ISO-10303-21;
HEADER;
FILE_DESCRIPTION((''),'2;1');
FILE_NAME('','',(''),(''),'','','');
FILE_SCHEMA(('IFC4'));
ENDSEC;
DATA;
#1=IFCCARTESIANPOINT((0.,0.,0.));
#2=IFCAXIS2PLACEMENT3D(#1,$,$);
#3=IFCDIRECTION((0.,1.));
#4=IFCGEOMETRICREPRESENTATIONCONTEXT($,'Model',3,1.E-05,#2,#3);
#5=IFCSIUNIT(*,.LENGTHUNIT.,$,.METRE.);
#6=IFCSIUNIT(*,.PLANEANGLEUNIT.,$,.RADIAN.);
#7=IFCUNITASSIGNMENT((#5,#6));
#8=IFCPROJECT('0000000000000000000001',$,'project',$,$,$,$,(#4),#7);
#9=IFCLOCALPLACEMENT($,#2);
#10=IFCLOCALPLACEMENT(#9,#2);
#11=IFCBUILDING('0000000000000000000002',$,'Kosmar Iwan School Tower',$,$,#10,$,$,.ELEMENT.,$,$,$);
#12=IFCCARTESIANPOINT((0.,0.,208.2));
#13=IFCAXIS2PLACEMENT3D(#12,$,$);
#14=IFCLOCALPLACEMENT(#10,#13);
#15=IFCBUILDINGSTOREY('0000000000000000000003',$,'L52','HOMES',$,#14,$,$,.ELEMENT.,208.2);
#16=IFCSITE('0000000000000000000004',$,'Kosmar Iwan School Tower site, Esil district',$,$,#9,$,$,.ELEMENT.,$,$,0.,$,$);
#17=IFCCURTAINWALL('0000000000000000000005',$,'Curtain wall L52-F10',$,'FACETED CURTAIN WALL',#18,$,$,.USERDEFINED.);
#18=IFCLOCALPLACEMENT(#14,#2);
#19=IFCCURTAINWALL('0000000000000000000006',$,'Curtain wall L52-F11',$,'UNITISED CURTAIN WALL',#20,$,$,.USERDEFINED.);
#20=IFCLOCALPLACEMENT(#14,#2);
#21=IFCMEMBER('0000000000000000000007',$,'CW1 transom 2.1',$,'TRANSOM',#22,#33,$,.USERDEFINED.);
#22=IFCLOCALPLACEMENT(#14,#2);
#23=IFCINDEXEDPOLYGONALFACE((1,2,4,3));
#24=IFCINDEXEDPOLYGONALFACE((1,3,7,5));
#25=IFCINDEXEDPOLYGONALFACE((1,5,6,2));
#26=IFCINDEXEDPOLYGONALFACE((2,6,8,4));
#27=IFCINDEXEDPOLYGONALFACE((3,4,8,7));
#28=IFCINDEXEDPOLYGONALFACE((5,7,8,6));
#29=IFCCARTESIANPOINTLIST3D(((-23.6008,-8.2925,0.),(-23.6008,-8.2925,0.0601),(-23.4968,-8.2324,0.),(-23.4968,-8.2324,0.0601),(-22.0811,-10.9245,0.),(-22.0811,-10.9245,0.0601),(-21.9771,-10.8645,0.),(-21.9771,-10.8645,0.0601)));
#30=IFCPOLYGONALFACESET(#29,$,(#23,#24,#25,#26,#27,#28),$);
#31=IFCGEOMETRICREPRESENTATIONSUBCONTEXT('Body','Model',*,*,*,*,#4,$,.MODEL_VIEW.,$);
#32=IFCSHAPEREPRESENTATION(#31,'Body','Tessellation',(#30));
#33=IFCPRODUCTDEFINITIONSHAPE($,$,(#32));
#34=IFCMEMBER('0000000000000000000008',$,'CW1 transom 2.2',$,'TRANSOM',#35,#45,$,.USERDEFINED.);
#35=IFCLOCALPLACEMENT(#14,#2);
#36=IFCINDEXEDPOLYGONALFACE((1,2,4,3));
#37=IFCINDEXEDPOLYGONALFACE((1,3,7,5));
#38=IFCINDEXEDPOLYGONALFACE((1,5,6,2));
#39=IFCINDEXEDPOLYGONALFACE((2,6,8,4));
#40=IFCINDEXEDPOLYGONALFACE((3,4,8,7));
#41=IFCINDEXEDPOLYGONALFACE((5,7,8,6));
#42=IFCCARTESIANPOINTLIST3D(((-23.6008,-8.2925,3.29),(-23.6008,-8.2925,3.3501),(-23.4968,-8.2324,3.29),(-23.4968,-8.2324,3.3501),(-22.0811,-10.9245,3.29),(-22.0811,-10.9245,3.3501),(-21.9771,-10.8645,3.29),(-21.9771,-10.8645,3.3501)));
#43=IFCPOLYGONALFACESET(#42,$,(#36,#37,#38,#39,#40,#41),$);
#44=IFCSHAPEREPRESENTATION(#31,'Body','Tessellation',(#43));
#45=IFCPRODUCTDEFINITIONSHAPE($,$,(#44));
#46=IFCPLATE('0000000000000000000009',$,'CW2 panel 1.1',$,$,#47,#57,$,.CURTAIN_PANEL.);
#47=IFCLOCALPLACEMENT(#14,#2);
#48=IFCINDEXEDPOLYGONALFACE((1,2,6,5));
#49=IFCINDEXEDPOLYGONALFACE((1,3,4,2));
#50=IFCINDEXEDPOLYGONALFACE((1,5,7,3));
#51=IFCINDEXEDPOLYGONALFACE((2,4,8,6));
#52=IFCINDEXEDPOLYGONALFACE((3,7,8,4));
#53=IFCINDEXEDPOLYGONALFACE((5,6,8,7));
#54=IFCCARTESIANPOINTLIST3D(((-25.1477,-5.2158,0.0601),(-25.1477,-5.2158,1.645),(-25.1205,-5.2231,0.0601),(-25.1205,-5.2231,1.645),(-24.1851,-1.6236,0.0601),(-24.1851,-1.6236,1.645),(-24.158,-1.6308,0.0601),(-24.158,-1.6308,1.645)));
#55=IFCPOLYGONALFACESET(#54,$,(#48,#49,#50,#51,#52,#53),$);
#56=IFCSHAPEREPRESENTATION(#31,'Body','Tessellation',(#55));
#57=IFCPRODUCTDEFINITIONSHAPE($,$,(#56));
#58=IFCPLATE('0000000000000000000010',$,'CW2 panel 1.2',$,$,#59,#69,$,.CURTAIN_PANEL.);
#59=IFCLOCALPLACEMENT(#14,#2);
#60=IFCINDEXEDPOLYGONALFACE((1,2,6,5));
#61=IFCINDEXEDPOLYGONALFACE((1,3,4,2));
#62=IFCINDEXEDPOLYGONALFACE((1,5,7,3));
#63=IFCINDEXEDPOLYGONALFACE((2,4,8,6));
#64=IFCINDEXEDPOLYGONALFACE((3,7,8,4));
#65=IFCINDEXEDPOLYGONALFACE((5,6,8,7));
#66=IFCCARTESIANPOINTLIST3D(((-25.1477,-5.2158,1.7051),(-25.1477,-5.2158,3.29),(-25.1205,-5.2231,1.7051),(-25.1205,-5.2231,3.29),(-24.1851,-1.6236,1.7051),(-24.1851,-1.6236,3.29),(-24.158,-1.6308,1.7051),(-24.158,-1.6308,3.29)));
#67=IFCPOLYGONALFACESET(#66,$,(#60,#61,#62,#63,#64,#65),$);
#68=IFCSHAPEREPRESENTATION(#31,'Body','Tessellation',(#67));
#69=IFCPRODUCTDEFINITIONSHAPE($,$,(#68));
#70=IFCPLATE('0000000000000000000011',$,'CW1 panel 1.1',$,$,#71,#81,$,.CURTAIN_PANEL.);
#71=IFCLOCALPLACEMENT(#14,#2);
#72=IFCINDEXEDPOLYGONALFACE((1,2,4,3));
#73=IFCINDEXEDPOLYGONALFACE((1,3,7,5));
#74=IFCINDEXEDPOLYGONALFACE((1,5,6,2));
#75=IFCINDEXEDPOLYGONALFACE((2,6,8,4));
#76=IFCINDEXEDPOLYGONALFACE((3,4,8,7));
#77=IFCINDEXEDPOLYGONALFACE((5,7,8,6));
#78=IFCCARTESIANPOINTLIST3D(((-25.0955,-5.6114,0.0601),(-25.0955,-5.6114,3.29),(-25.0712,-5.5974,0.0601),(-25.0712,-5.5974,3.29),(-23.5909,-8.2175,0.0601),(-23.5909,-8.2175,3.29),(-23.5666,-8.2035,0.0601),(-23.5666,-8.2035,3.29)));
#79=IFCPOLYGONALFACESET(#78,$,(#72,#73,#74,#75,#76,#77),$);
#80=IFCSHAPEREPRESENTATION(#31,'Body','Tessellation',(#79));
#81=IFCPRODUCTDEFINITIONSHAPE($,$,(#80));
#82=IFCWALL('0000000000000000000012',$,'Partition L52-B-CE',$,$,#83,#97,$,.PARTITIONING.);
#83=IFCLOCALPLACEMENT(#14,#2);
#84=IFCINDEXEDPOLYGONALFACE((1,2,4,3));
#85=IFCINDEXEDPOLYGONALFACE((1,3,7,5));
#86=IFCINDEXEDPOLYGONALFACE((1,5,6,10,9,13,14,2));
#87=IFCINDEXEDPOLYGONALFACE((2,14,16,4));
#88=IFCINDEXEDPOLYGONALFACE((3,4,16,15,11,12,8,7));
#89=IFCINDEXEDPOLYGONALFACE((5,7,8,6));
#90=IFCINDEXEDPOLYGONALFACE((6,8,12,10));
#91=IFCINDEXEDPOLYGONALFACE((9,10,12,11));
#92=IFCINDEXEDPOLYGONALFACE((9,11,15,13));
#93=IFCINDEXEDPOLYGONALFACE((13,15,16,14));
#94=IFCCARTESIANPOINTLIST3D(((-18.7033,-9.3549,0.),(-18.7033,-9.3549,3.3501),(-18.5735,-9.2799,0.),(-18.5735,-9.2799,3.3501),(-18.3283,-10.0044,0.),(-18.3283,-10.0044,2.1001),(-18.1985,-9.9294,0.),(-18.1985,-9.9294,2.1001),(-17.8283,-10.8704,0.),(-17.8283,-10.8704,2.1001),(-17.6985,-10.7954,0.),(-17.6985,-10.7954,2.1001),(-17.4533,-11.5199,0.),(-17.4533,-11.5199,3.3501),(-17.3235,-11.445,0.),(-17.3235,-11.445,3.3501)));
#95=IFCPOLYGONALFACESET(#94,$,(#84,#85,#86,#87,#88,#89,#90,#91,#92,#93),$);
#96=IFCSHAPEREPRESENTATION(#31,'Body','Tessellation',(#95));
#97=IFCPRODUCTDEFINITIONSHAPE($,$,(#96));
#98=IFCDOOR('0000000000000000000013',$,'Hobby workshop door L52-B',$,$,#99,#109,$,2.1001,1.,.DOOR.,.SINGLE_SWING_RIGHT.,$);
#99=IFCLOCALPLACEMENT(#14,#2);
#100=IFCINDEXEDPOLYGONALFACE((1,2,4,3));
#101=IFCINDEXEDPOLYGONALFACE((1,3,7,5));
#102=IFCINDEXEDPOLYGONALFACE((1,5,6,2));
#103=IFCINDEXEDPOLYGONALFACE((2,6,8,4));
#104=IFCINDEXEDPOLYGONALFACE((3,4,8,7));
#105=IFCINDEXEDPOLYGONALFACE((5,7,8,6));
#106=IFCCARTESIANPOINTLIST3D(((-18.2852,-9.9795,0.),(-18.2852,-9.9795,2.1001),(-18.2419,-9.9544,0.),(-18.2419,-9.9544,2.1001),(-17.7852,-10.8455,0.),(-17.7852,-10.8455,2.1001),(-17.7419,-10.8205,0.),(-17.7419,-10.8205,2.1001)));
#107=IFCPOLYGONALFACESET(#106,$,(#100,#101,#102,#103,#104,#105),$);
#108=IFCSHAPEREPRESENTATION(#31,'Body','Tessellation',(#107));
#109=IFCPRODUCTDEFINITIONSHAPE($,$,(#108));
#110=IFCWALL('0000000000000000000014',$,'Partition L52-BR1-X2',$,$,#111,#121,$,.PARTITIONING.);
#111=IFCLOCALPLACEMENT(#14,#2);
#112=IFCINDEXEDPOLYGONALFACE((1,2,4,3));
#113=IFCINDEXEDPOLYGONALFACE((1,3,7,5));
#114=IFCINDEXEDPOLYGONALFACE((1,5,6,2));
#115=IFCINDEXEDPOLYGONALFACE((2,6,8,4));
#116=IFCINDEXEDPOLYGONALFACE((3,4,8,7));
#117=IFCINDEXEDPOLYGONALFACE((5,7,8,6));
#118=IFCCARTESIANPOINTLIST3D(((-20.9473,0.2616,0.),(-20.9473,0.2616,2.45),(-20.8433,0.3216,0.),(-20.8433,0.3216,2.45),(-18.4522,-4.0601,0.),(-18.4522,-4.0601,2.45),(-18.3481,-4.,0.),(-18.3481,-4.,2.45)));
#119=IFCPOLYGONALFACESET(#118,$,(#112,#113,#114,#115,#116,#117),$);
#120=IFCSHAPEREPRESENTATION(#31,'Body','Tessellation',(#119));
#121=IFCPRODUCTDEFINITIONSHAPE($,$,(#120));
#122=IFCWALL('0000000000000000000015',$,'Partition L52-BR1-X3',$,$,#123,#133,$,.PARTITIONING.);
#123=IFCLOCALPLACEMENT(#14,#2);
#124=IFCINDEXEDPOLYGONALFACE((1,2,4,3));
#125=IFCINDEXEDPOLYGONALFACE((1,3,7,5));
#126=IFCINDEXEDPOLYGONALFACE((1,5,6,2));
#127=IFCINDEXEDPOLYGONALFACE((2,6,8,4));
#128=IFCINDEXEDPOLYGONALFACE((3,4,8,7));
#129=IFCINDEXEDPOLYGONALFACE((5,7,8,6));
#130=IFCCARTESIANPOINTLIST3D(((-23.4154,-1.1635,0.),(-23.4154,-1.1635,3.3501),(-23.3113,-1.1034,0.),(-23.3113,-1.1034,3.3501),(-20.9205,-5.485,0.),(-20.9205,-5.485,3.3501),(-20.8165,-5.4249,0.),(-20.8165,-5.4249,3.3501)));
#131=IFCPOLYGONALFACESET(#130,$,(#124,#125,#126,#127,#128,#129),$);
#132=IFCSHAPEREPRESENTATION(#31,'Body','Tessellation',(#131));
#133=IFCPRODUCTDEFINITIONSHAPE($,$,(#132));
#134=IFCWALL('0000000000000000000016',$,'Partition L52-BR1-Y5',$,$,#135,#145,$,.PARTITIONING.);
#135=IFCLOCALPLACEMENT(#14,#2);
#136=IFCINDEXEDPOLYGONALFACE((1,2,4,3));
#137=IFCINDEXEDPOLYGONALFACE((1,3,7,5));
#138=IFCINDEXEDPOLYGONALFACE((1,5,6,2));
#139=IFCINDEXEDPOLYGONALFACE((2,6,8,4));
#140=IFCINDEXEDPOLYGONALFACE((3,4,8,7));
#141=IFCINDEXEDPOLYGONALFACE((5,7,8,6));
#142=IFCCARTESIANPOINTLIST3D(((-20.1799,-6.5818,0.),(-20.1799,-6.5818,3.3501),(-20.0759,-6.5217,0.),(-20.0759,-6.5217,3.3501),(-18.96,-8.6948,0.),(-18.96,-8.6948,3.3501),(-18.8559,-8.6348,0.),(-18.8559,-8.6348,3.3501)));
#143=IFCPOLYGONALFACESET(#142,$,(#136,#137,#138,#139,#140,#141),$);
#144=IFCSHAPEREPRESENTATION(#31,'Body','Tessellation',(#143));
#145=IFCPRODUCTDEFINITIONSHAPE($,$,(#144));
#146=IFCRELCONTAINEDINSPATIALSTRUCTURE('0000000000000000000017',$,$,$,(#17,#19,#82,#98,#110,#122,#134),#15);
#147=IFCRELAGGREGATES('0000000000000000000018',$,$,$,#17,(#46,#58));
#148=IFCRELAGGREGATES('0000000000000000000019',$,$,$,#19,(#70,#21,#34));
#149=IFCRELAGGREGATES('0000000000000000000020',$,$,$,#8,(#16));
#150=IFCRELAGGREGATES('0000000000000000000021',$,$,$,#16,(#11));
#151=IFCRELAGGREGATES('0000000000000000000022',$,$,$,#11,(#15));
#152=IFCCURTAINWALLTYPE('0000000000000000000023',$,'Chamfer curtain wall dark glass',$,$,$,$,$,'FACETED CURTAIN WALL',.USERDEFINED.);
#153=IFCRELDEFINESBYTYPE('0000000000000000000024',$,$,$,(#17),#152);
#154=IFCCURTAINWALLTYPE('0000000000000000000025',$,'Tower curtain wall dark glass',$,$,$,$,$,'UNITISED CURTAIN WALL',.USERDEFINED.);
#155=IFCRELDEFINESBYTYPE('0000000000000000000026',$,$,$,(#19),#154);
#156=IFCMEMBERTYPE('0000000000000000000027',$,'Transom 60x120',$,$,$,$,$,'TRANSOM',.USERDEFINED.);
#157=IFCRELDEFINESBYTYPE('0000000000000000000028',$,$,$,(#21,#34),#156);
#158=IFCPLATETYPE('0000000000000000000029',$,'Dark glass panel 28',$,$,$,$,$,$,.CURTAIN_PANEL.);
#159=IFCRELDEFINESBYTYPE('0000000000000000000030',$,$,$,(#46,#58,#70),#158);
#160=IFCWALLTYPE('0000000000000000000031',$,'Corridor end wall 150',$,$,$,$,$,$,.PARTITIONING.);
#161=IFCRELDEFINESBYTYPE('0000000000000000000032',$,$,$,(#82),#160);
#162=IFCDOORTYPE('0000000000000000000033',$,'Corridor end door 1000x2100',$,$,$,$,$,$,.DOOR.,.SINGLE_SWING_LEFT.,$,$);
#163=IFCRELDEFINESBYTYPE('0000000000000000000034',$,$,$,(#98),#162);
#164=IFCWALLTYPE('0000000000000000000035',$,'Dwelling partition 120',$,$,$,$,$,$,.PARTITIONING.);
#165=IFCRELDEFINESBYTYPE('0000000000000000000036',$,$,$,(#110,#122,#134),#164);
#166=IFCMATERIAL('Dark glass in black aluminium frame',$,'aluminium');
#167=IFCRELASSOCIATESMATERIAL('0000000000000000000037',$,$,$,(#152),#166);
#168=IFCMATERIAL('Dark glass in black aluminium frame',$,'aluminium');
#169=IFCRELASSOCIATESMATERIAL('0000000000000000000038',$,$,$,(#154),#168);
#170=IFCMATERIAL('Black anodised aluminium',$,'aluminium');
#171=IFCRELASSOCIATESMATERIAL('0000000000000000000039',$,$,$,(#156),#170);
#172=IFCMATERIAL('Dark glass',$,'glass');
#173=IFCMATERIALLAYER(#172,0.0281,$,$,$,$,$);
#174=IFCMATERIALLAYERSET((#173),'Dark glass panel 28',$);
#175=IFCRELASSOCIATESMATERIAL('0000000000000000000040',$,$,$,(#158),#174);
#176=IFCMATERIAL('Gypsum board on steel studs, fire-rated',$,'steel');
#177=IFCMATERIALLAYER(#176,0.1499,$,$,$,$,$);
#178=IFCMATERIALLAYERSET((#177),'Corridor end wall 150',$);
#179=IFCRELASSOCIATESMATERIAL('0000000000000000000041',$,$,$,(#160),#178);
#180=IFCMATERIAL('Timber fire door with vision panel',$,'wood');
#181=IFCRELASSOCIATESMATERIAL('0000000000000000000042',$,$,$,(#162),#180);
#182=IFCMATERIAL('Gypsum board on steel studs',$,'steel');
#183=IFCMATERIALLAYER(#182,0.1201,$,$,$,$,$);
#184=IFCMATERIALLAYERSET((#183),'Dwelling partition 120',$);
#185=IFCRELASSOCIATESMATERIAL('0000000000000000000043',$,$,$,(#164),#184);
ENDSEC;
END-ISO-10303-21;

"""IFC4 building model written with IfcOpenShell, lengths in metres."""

from ifc_helpers import new_model, si_unit, direction, frame, frame_2d, origin, origin_2d, place, context, subcontext, project, spatial, rectangle, extrude, material, layer, layer_set, material_profile, profile_set, type_object, element, fill, aggregate, save


model = new_model("IFC4")

# Units and contexts
model_context = context("Model", 3, precision=1e-05, world=origin(), true_north=direction((0.0, 1.0)))
body_context = subcontext(model_context, "Body", "Model", "MODEL_VIEW")
ifc_project = project(units=[si_unit("LENGTHUNIT", "METRE"), si_unit("PLANEANGLEUNIT", "RADIAN")], contexts=[model_context])

# Site, building, storey
site_placement = place(None, origin())
site = spatial("IfcSite", under=ifc_project, at=site_placement, Name="Kosmar Iwan School Tower site, Esil district", CompositionType="ELEMENT", RefElevation=0.0)
building_placement = place(site_placement, origin())
building = spatial("IfcBuilding", under=site, at=building_placement, Name="Kosmar Iwan School Tower", CompositionType="ELEMENT")
storey_placement = place(building_placement, frame((0.0, 0.0, 208.2)))
storey = spatial("IfcBuildingStorey", under=building, at=storey_placement, Name="L52", Description="HOMES", CompositionType="ELEMENT", Elevation=208.2)

# Curtain walls
ifc_material_1 = material(Name="Dark glass in black aluminium frame", Category="aluminium")
curtain_wall_type_1 = type_object("IfcCurtainWallType", Name="Chamfer curtain wall dark glass", ElementType="FACETED CURTAIN WALL", PredefinedType="USERDEFINED", material=ifc_material_1)
curtain_wall_1_placement = place(storey_placement, origin())
curtain_wall_1 = element("IfcCurtainWall", 1, at=curtain_wall_1_placement, inside=storey, type_object=curtain_wall_type_1, Name="Curtain wall L52-F10", ObjectType="FACETED CURTAIN WALL", PredefinedType="USERDEFINED")
ifc_material_2 = material(Name="Dark glass in black aluminium frame", Category="aluminium")
curtain_wall_type_2 = type_object("IfcCurtainWallType", Name="Tower curtain wall dark glass", ElementType="UNITISED CURTAIN WALL", PredefinedType="USERDEFINED", material=ifc_material_2)
curtain_wall_2_placement = place(storey_placement, origin())
curtain_wall_2 = element("IfcCurtainWall", 2, at=curtain_wall_2_placement, inside=storey, type_object=curtain_wall_type_2, Name="Curtain wall L52-F11", ObjectType="UNITISED CURTAIN WALL", PredefinedType="USERDEFINED")

# Members
ifc_material_3 = material(Name="Black anodised aluminium", Category="aluminium")
ifc_material_profile_1 = material_profile(ifc_material_3, rectangle(XDim=0.1201, YDim=0.0601, at=origin_2d()), Name="TRANSOM 60x120")
ifc_profile_set_1 = profile_set([ifc_material_profile_1], Name="Black anodised aluminium")
member_type_1 = type_object("IfcMemberType", Name="Transom 60x120", ElementType="TRANSOM", PredefinedType="USERDEFINED", material=ifc_profile_set_1)
member_1_placement = place(storey_placement, frame((-23.5488, -8.2625, 0.03), z_axis=(0.500035, -0.866005, 0.0), x_axis=(0.866005, 0.500035, 0.0)))
member_1 = element("IfcMember", 3, at=member_1_placement, type_object=member_type_1, Name="CW1 transom 2.1", ObjectType="TRANSOM", PredefinedType="USERDEFINED", context=body_context, shape_type="SweptSolid", body=[
    extrude(rectangle(XDim=0.1201, YDim=0.0601, at=origin_2d()), origin(), (0.0, 0.0, 1.0), 3.0393),
])
member_2_placement = place(storey_placement, frame((-23.5488, -8.2625, 3.3201), z_axis=(0.500035, -0.866005, 0.0), x_axis=(0.866005, 0.500035, 0.0)))
member_2 = element("IfcMember", 4, at=member_2_placement, type_object=member_type_1, Name="CW1 transom 2.2", ObjectType="TRANSOM", PredefinedType="USERDEFINED", context=body_context, shape_type="SweptSolid", body=[
    extrude(rectangle(XDim=0.1201, YDim=0.0601, at=origin_2d()), origin(), (0.0, 0.0, 1.0), 3.0393),
])

# Plates
ifc_material_4 = material(Name="Dark glass", Category="glass")
ifc_layer_1 = layer(ifc_material_4, 0.0281)
ifc_layer_set_1 = layer_set([ifc_layer_1], Name="Dark glass panel 28")
plate_type = type_object("IfcPlateType", Name="Dark glass panel 28", PredefinedType="CURTAIN_PANEL", material=ifc_layer_set_1)
plate_1_placement = place(storey_placement, frame((-24.6528, -3.4233, 0.0601), z_axis=(0.0, 0.0, 1.0), x_axis=(-0.258819, -0.965926, 0.0)))
plate_1 = element("IfcPlate", 5, at=plate_1_placement, type_object=plate_type, Name="CW2 panel 1.1", PredefinedType="CURTAIN_PANEL", context=body_context, shape_type="SweptSolid", body=[
    extrude(rectangle(XDim=3.719, YDim=0.0281, at=origin_2d()), origin(), (0.0, 0.0, 1.0), 1.585),
])
plate_2_placement = place(storey_placement, frame((-24.6528, -3.4233, 1.7051), z_axis=(0.0, 0.0, 1.0), x_axis=(-0.258819, -0.965926, 0.0)))
plate_2 = element("IfcPlate", 6, at=plate_2_placement, type_object=plate_type, Name="CW2 panel 1.2", PredefinedType="CURTAIN_PANEL", context=body_context, shape_type="SweptSolid", body=[
    extrude(rectangle(XDim=3.719, YDim=0.0281, at=origin_2d()), origin(), (0.0, 0.0, 1.0), 1.585),
])
aggregate(curtain_wall_1, [plate_1, plate_2])
plate_3_placement = place(storey_placement, frame((-24.3311, -6.9075, 0.0601), z_axis=(0.0, 0.0, 1.0), x_axis=(0.5, -0.866025, 0.0)))
plate_3 = element("IfcPlate", 7, at=plate_3_placement, type_object=plate_type, Name="CW1 panel 1.1", PredefinedType="CURTAIN_PANEL", context=body_context, shape_type="SweptSolid", body=[
    extrude(rectangle(XDim=3.0093, YDim=0.0281, at=origin_2d()), origin(), (0.0, 0.0, 1.0), 3.23),
])
aggregate(curtain_wall_2, [plate_3, member_1, member_2])

# Wall, opening, door
ifc_material_5 = material(Name="Gypsum board on steel studs, fire-rated", Category="steel")
ifc_layer_2 = layer(ifc_material_5, 0.1499)
ifc_layer_set_2 = layer_set([ifc_layer_2], Name="Corridor end wall 150")
wall_type_1 = type_object("IfcWallType", Name="Corridor end wall 150", PredefinedType="PARTITIONING", material=ifc_layer_set_2)
wall_1_placement = place(storey_placement, frame((-18.6384, -9.3174, 0.0), z_axis=(0.0, 0.0, 1.0), x_axis=(0.500004, -0.866023, 0.0)))
wall_1 = element("IfcWall", 8, at=wall_1_placement, inside=storey, type_object=wall_type_1, Name="Partition L52-B-CE", PredefinedType="PARTITIONING", context=body_context, shape_type="SweptSolid", body=[
    extrude(rectangle(XDim=2.5, YDim=0.1499, at=frame_2d((1.25, 0.0))), origin(), (0.0, 0.0, 1.0), 3.3501),
])
opening_placement = place(wall_1_placement, frame((0.75, 0.0, 0.0)))
opening = element("IfcOpeningElement", 9, at=opening_placement, cuts=wall_1, PredefinedType="OPENING", context=body_context, shape_type="SweptSolid", body=[
    extrude(rectangle(XDim=1.0, YDim=2.1001, at=frame_2d((0.5, 1.05))), frame((0.0, 0.0869, 0.0), z_axis=(0.0, -1.0, 0.0), x_axis=(1.0, 0.0, 0.0)), (0.0, 0.0, 1.0), 0.1738),
])
ifc_material_6 = material(Name="Timber fire door with vision panel", Category="wood")
door_type = type_object("IfcDoorType", Name="Corridor end door 1000x2100", OperationType="SINGLE_SWING_LEFT", PredefinedType="DOOR", material=ifc_material_6)
door_placement = place(opening_placement, origin())
door = element("IfcDoor", 10, at=door_placement, inside=storey, type_object=door_type, Name="Hobby workshop door L52-B", OperationType="SINGLE_SWING_RIGHT", OverallHeight=2.1001, OverallWidth=1.0, PredefinedType="DOOR", context=body_context, shape_type="SweptSolid", body=[
    extrude(rectangle(XDim=1.0, YDim=2.1001, at=frame_2d((0.5, 1.05))), frame((0.0, 0.0249, 0.0), z_axis=(0.0, -1.0, 0.0), x_axis=(1.0, 0.0, 0.0)), (0.0, 0.0, 1.0), 0.05),
])
fill(opening, door)

# Walls
ifc_material_7 = material(Name="Gypsum board on steel studs", Category="steel")
ifc_layer_3 = layer(ifc_material_7, 0.1201)
ifc_layer_set_3 = layer_set([ifc_layer_3], Name="Dwelling partition 120")
wall_type_2 = type_object("IfcWallType", Name="Dwelling partition 120", PredefinedType="PARTITIONING", material=ifc_layer_set_3)
wall_2_placement = place(storey_placement, frame((-18.4001, -4.03, 0.0), z_axis=(0.0, 0.0, 1.0), x_axis=(-0.500012, 0.866019, 0.0)))
element("IfcWall", 11, at=wall_2_placement, inside=storey, type_object=wall_type_2, Name="Partition L52-BR1-X2", PredefinedType="PARTITIONING", context=body_context, shape_type="SweptSolid", body=[
    extrude(rectangle(XDim=4.9902, YDim=0.1201, at=frame_2d((2.4951, 0.0))), origin(), (0.0, 0.0, 1.0), 2.45),
])
wall_3_placement = place(storey_placement, frame((-20.8684, -5.4551, 0.0), z_axis=(0.0, 0.0, 1.0), x_axis=(-0.499975, 0.86604, 0.0)))
element("IfcWall", 12, at=wall_3_placement, inside=storey, type_object=wall_type_2, Name="Partition L52-BR1-X3", PredefinedType="PARTITIONING", context=body_context, shape_type="SweptSolid", body=[
    extrude(rectangle(XDim=4.99, YDim=0.1201, at=frame_2d((2.4951, 0.0))), origin(), (0.0, 0.0, 1.0), 3.3501),
])
wall_4_placement = place(storey_placement, frame((-18.908, -8.6648, 0.0), z_axis=(0.0, 0.0, 1.0), x_axis=(-0.500003, 0.866024, 0.0)))
element("IfcWall", 13, at=wall_4_placement, inside=storey, type_object=wall_type_2, Name="Partition L52-BR1-Y5", PredefinedType="PARTITIONING", context=body_context, shape_type="SweptSolid", body=[
    extrude(rectangle(XDim=2.4399, YDim=0.1201, at=frame_2d((1.22, 0.0))), origin(), (0.0, 0.0, 1.0), 3.3501),
])

save(model, "model.ifc")
